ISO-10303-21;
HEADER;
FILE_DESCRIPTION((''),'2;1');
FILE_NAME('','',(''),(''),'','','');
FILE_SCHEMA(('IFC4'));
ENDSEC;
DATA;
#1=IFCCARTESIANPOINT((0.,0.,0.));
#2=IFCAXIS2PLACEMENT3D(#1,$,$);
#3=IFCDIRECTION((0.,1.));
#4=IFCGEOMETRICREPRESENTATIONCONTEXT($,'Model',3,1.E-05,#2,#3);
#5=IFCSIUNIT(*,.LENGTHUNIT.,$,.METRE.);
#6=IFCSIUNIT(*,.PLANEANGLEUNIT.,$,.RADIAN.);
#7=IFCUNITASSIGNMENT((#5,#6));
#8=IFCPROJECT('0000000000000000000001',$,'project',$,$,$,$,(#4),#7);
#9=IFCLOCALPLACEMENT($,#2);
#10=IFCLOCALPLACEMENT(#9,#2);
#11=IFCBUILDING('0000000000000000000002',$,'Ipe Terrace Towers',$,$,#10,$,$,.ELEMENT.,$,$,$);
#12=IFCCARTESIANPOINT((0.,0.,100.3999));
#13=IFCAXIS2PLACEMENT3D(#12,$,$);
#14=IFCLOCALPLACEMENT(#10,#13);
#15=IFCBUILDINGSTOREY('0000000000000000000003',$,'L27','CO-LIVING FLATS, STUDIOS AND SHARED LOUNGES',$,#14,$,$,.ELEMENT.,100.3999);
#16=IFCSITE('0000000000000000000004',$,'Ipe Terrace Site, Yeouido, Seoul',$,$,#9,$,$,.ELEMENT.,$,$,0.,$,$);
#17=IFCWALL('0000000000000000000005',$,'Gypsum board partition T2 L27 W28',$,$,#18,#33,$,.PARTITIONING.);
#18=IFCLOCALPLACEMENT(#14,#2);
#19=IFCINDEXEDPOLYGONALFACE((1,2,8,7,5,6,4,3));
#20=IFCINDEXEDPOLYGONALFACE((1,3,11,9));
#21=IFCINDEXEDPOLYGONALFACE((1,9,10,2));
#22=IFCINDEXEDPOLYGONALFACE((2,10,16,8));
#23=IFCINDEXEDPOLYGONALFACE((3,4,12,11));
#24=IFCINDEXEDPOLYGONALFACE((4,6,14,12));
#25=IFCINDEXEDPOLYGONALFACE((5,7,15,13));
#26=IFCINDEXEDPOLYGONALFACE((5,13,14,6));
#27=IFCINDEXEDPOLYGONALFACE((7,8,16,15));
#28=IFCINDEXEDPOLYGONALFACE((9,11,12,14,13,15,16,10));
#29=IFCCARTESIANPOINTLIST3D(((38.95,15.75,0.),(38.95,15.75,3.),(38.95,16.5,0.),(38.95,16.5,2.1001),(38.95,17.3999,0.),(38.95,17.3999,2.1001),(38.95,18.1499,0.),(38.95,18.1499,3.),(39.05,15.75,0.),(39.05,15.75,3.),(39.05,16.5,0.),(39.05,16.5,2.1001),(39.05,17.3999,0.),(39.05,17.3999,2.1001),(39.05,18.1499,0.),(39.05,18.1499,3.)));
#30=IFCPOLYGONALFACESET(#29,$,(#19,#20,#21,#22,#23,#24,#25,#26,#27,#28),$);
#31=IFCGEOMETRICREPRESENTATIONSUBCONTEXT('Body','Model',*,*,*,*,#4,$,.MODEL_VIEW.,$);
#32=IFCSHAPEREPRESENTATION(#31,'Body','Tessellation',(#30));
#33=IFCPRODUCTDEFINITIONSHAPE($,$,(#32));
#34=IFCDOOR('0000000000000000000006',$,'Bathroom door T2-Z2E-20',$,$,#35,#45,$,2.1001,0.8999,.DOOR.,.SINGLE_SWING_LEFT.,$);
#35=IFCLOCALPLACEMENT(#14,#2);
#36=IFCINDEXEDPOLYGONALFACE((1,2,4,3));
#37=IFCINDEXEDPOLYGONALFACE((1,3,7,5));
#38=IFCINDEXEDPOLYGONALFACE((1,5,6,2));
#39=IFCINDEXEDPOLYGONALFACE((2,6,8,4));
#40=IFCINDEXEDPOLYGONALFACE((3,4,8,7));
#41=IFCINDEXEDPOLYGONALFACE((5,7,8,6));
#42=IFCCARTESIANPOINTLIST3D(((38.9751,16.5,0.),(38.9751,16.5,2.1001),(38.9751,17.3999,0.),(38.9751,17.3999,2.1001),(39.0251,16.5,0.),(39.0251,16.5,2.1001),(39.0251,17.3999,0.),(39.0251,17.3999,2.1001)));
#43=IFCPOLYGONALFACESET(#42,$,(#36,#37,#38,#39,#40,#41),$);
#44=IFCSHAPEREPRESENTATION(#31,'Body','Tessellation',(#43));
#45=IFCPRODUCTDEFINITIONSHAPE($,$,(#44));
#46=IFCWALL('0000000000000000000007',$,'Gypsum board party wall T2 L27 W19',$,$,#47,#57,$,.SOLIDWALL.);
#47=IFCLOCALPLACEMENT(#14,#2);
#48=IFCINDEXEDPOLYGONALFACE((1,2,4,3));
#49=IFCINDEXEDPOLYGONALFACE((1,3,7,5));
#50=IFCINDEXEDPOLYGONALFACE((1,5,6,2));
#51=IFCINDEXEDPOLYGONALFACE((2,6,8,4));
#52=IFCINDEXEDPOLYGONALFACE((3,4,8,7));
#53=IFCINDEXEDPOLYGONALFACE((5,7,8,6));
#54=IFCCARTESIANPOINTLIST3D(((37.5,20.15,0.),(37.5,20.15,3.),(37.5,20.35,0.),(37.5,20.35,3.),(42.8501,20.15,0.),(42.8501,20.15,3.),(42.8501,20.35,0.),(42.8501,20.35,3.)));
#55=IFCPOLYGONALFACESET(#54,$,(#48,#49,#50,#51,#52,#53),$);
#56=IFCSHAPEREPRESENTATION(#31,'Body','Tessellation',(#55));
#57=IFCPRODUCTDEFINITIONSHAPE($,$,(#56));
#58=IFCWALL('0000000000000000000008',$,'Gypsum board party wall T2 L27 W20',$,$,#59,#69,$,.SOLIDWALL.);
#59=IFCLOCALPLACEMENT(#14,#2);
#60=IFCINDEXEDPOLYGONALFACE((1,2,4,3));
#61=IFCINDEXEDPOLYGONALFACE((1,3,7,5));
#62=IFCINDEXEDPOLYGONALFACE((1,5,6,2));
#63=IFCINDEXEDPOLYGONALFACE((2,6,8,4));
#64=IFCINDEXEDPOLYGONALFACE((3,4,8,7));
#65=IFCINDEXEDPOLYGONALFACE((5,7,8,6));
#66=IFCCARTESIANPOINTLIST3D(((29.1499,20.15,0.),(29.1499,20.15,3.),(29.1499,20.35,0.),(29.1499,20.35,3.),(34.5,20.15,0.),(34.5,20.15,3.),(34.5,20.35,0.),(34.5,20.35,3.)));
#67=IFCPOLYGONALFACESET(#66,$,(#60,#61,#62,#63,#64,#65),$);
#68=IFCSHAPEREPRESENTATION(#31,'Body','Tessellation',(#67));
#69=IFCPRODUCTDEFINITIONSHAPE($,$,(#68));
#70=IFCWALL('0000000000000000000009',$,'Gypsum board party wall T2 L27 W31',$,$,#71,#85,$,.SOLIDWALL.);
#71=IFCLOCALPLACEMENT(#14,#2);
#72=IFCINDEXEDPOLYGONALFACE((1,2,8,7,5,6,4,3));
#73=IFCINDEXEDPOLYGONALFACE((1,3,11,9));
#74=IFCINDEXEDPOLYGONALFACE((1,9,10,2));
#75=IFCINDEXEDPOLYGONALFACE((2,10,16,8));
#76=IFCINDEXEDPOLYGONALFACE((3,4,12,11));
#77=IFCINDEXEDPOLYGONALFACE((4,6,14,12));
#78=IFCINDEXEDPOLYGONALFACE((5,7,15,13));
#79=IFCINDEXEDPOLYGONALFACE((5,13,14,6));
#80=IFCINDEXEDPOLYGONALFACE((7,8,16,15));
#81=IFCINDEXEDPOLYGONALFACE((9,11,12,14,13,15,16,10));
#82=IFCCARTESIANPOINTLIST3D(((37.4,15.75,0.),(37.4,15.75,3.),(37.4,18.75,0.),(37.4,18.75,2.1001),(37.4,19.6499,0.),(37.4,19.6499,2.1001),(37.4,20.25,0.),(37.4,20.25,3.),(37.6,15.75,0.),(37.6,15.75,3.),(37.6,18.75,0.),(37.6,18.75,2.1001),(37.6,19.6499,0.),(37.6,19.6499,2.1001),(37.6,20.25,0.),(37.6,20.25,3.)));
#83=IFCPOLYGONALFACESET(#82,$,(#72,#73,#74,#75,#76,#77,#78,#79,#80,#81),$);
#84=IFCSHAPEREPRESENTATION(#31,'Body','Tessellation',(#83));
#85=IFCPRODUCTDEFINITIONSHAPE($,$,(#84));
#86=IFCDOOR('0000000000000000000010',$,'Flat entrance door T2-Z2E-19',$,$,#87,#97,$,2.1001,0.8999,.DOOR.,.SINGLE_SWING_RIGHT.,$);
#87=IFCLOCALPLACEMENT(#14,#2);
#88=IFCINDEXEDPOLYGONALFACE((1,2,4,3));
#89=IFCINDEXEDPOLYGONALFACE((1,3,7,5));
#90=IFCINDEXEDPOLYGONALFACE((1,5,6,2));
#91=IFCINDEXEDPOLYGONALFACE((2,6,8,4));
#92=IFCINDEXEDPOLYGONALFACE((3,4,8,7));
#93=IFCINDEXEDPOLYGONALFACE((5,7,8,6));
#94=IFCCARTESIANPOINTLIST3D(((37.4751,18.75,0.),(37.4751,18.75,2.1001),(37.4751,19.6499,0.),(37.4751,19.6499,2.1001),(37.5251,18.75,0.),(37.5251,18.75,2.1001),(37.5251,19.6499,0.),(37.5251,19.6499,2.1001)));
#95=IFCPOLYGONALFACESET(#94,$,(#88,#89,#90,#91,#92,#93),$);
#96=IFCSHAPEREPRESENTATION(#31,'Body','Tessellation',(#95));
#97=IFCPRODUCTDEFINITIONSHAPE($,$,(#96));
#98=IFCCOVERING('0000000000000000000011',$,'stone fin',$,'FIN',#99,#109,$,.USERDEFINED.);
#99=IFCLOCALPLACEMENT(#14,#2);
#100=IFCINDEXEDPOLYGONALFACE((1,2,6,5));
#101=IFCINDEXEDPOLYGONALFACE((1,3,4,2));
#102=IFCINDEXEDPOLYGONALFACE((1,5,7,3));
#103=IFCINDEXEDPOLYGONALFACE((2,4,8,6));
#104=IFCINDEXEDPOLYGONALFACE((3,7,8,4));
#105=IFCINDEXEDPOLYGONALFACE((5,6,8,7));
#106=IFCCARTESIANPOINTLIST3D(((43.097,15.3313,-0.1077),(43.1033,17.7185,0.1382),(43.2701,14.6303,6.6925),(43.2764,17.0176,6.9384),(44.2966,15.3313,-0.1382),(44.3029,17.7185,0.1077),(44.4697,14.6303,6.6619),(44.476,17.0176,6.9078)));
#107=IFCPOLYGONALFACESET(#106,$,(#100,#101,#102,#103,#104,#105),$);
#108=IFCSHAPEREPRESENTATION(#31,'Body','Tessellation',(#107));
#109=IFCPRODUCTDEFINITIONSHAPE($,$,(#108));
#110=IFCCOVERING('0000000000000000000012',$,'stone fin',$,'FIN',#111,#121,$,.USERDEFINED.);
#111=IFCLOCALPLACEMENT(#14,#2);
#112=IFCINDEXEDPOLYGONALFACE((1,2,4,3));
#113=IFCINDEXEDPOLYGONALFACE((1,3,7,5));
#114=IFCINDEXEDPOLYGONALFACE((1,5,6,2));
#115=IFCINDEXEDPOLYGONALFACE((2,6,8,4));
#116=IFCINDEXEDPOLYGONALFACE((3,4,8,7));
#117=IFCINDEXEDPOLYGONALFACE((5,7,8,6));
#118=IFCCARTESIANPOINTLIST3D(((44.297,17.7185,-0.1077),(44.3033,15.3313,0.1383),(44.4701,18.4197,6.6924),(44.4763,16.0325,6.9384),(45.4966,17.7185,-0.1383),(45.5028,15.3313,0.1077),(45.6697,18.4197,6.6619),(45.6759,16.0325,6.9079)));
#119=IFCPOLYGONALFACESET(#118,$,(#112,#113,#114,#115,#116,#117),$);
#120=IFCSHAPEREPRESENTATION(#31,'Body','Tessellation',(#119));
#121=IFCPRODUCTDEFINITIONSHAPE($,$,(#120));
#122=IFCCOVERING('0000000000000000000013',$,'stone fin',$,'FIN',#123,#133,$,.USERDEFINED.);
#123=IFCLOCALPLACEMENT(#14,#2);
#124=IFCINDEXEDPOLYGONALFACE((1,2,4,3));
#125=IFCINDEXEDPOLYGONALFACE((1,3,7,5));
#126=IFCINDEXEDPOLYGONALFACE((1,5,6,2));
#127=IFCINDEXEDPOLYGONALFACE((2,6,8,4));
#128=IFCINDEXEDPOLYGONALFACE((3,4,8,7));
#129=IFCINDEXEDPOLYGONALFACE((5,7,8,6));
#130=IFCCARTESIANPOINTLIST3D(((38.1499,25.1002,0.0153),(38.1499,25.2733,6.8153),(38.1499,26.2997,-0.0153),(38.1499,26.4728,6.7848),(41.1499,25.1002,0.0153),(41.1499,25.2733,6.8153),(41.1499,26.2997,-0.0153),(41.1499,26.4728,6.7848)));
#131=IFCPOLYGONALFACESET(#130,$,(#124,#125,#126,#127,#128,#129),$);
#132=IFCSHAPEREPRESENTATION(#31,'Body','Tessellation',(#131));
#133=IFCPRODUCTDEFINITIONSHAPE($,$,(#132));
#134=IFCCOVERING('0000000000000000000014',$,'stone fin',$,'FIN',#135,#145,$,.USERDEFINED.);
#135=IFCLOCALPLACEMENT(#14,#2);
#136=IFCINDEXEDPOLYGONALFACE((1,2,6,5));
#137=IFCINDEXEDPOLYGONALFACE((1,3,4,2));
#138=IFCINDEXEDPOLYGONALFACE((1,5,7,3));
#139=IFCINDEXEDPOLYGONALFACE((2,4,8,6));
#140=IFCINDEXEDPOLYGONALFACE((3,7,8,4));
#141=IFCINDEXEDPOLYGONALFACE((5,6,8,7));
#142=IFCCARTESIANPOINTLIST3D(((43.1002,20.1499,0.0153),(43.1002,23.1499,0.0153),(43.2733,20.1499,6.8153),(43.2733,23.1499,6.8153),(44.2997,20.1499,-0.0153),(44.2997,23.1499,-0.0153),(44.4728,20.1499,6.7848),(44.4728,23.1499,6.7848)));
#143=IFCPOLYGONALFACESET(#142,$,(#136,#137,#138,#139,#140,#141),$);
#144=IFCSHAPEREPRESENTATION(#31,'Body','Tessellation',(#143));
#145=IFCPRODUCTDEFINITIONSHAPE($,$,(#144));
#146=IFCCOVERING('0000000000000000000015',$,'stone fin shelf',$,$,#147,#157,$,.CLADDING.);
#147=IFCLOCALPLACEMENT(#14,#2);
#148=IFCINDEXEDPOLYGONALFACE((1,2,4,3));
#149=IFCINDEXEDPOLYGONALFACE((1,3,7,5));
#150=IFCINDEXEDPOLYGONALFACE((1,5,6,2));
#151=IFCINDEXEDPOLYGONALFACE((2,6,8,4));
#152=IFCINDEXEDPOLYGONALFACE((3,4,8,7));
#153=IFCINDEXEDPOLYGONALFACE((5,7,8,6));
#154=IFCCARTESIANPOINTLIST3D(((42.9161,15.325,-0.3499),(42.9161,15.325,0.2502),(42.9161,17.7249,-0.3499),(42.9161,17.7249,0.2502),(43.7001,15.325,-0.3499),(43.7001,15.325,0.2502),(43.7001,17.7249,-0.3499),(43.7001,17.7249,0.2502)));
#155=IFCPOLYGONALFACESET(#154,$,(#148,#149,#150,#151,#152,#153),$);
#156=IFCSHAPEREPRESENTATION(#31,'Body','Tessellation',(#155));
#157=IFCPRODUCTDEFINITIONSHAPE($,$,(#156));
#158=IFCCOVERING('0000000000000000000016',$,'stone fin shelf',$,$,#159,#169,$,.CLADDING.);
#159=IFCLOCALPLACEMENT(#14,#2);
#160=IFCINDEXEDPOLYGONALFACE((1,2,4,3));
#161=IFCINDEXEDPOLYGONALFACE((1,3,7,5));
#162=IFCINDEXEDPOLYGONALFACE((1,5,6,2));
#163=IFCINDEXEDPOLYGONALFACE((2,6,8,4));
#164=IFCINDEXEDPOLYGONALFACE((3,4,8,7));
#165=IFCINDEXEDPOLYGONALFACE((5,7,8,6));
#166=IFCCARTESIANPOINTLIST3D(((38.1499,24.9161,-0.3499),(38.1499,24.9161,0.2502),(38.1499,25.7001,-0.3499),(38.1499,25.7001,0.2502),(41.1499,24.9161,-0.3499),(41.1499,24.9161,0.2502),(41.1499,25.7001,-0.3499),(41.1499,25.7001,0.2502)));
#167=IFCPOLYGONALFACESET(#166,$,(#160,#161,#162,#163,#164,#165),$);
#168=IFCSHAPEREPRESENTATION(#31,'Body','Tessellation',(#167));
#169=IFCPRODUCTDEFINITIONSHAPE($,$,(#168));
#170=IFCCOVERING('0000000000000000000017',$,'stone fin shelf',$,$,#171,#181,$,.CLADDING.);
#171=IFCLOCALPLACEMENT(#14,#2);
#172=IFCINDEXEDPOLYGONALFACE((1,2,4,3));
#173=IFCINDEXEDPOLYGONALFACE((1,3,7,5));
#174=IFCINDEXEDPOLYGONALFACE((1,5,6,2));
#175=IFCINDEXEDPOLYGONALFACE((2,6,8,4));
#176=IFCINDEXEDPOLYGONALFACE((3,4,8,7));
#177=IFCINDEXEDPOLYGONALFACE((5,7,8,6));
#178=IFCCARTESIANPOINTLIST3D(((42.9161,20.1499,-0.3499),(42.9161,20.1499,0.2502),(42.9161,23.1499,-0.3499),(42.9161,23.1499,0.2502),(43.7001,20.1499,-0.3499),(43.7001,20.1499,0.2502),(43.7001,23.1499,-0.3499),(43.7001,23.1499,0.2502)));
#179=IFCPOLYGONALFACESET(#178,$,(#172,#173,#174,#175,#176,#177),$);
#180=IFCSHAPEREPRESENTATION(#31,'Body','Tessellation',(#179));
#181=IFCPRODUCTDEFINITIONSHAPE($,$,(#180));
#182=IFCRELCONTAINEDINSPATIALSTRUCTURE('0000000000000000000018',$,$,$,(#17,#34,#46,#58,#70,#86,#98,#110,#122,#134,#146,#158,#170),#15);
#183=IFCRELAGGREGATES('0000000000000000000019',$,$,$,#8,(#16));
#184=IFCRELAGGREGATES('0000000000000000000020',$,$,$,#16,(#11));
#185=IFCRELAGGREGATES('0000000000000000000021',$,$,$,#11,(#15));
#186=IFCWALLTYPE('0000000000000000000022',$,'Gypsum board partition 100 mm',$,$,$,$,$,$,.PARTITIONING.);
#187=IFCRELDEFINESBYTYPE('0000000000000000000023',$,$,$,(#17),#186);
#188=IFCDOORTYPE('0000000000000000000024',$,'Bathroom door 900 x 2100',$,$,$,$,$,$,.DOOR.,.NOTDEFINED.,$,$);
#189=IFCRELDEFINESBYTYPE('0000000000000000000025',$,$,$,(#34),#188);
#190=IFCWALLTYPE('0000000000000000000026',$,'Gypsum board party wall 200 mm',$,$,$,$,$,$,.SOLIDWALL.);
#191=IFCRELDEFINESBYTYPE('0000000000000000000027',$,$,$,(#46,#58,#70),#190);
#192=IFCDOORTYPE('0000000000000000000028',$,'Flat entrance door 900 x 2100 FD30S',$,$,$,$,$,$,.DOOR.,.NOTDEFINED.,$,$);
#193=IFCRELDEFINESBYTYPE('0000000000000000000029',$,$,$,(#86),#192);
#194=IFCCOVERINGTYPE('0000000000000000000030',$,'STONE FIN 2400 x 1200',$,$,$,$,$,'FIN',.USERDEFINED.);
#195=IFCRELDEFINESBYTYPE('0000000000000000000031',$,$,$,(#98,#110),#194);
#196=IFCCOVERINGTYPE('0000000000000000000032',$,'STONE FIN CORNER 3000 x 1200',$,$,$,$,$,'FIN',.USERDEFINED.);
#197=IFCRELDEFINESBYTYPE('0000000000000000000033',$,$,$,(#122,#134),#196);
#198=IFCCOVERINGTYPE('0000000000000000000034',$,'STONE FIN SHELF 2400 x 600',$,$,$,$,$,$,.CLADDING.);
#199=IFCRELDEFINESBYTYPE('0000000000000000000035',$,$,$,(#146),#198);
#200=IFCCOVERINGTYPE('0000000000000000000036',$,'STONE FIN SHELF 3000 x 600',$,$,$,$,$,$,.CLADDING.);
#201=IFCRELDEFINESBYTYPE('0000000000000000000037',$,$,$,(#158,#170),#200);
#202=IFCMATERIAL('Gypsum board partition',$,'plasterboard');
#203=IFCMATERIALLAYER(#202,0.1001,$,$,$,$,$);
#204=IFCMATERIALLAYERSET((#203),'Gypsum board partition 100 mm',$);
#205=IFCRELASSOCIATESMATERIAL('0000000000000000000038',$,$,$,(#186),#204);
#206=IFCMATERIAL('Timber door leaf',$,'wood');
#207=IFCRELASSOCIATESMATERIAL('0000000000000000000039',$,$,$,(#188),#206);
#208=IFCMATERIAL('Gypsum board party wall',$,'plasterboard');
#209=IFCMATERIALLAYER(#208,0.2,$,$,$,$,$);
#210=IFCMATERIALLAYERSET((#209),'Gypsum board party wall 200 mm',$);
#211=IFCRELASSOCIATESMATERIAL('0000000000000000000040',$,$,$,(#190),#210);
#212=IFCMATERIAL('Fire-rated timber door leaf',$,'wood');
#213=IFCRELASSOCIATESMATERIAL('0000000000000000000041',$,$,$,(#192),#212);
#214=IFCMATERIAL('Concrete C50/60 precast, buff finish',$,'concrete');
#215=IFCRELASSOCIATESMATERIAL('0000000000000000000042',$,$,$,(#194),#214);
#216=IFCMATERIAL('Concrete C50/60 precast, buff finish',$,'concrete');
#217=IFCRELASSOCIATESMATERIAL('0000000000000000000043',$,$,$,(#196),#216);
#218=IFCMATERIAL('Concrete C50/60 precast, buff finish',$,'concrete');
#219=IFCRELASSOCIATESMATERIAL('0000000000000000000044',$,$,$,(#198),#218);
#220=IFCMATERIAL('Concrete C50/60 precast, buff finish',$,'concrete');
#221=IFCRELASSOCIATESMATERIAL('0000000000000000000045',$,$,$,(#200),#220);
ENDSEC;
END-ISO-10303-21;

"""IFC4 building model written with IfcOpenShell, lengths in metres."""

from ifc_helpers import new_model, si_unit, direction, frame, frame_2d, origin, origin_2d, place, context, subcontext, project, spatial, rectangle, extrude, material, layer, layer_set, material_profile, profile_set, type_object, element, fill, save


model = new_model("IFC4")

# Units and contexts
model_context = context("Model", 3, precision=1e-05, world=origin(), true_north=direction((0.0, 1.0)))
body_context = subcontext(model_context, "Body", "Model", "MODEL_VIEW")
ifc_project = project(units=[si_unit("LENGTHUNIT", "METRE"), si_unit("PLANEANGLEUNIT", "RADIAN")], contexts=[model_context])

# Site, building, storey
site_placement = place(None, origin())
site = spatial("IfcSite", under=ifc_project, at=site_placement, Name="Ipe Terrace Site, Yeouido, Seoul", CompositionType="ELEMENT", RefElevation=0.0)
building_placement = place(site_placement, origin())
building = spatial("IfcBuilding", under=site, at=building_placement, Name="Ipe Terrace Towers", CompositionType="ELEMENT")
storey_placement = place(building_placement, frame((0.0, 0.0, 100.3999)))
storey = spatial("IfcBuildingStorey", under=building, at=storey_placement, Name="L27", Description="CO-LIVING FLATS, STUDIOS AND SHARED LOUNGES", CompositionType="ELEMENT", Elevation=100.3999)

# Shared definitions
ifc_material_1 = material(Name="Gypsum board partition", Category="plasterboard")
ifc_layer_1 = layer(ifc_material_1, 0.1001)
ifc_layer_set_1 = layer_set([ifc_layer_1], Name="Gypsum board partition 100 mm")
wall_type_1 = type_object("IfcWallType", Name="Gypsum board partition 100 mm", PredefinedType="PARTITIONING", material=ifc_layer_set_1)

# Wall, opening, door
wall_1_placement = place(storey_placement, frame((39.0, 15.75, 0.0), z_axis=(0.0, 0.0, 1.0), x_axis=(0.0, 1.0, 0.0)))
wall_1 = element("IfcWall", 1, at=wall_1_placement, inside=storey, type_object=wall_type_1, Name="Gypsum board partition T2 L27 W28", PredefinedType="PARTITIONING", context=body_context, shape_type="SweptSolid", body=[
    extrude(rectangle(XDim=2.3999, YDim=0.1001, at=frame_2d((1.2, 0.0))), origin(), (0.0, 0.0, 1.0), 3.0),
])
opening_1_placement = place(wall_1_placement, frame((0.75, 0.0, 0.0)))
opening_1 = element("IfcOpeningElement", 2, at=opening_1_placement, cuts=wall_1, PredefinedType="OPENING", context=body_context, shape_type="SweptSolid", body=[
    extrude(rectangle(XDim=0.8999, YDim=2.1001, at=frame_2d((0.45, 1.05))), frame((0.0, 0.0601, 0.0), z_axis=(0.0, -1.0, 0.0), x_axis=(1.0, 0.0, 0.0)), (0.0, 0.0, 1.0), 0.1201),
])
ifc_material_2 = material(Name="Timber door leaf", Category="wood")
door_type_1 = type_object("IfcDoorType", Name="Bathroom door 900 x 2100", OperationType="NOTDEFINED", PredefinedType="DOOR", material=ifc_material_2)
door_1_placement = place(opening_1_placement, origin())
door_1 = element("IfcDoor", 3, at=door_1_placement, inside=storey, type_object=door_type_1, Name="Bathroom door T2-Z2E-20", OperationType="SINGLE_SWING_LEFT", OverallHeight=2.1001, OverallWidth=0.8999, PredefinedType="DOOR", context=body_context, shape_type="SweptSolid", body=[
    extrude(rectangle(XDim=0.8999, YDim=2.1001, at=frame_2d((0.45, 1.05))), frame((0.0, 0.0249, 0.0), z_axis=(0.0, -1.0, 0.0), x_axis=(1.0, 0.0, 0.0)), (0.0, 0.0, 1.0), 0.05),
])
fill(opening_1, door_1)

# Walls
ifc_material_3 = material(Name="Gypsum board party wall", Category="plasterboard")
ifc_layer_2 = layer(ifc_material_3, 0.2)
ifc_layer_set_2 = layer_set([ifc_layer_2], Name="Gypsum board party wall 200 mm")
wall_type_2 = type_object("IfcWallType", Name="Gypsum board party wall 200 mm", PredefinedType="SOLIDWALL", material=ifc_layer_set_2)
for number, where, z_axis, x_axis, name in (
    (4, (42.8501, 20.25, 0.0), (0.0, 0.0, 1.0), (-1.0, 0.0, 0.0), "Gypsum board party wall T2 L27 W19"),
    (5, (34.5, 20.25, 0.0), (0.0, 0.0, 1.0), (-1.0, 0.0, 0.0), "Gypsum board party wall T2 L27 W20"),
):
    element("IfcWall", number, at=place(storey_placement, frame(where, z_axis=z_axis, x_axis=x_axis)), inside=storey, type_object=wall_type_2, Name=name, PredefinedType="SOLIDWALL", context=body_context, shape_type="SweptSolid", body=[
        extrude(rectangle(XDim=5.3501, YDim=0.2, at=frame_2d((2.675, 0.0))), origin(), (0.0, 0.0, 1.0), 3.0),
    ])

# Wall, opening, door
wall_2_placement = place(storey_placement, frame((37.5, 15.75, 0.0), z_axis=(0.0, 0.0, 1.0), x_axis=(0.0, 1.0, 0.0)))
wall_2 = element("IfcWall", 6, at=wall_2_placement, inside=storey, type_object=wall_type_2, Name="Gypsum board party wall T2 L27 W31", PredefinedType="SOLIDWALL", context=body_context, shape_type="SweptSolid", body=[
    extrude(rectangle(XDim=4.5, YDim=0.2, at=frame_2d((2.25, 0.0))), origin(), (0.0, 0.0, 1.0), 3.0),
])
opening_2_placement = place(wall_2_placement, frame((3.0, 0.0, 0.0)))
opening_2 = element("IfcOpeningElement", 7, at=opening_2_placement, cuts=wall_2, PredefinedType="OPENING", context=body_context, shape_type="SweptSolid", body=[
    extrude(rectangle(XDim=0.8999, YDim=2.1001, at=frame_2d((0.45, 1.05))), frame((0.0, 0.1099, 0.0), z_axis=(0.0, -1.0, 0.0), x_axis=(1.0, 0.0, 0.0)), (0.0, 0.0, 1.0), 0.22),
])
ifc_material_4 = material(Name="Fire-rated timber door leaf", Category="wood")
door_type_2 = type_object("IfcDoorType", Name="Flat entrance door 900 x 2100 FD30S", OperationType="NOTDEFINED", PredefinedType="DOOR", material=ifc_material_4)
door_2_placement = place(opening_2_placement, origin())
door_2 = element("IfcDoor", 8, at=door_2_placement, inside=storey, type_object=door_type_2, Name="Flat entrance door T2-Z2E-19", OperationType="SINGLE_SWING_RIGHT", OverallHeight=2.1001, OverallWidth=0.8999, PredefinedType="DOOR", context=body_context, shape_type="SweptSolid", body=[
    extrude(rectangle(XDim=0.8999, YDim=2.1001, at=frame_2d((0.45, 1.05))), frame((0.0, 0.0249, 0.0), z_axis=(0.0, -1.0, 0.0), x_axis=(1.0, 0.0, 0.0)), (0.0, 0.0, 1.0), 0.05),
])
fill(opening_2, door_2)

# Coverings
ifc_material_5 = material(Name="Concrete C50/60 precast, buff finish", Category="concrete")
ifc_material_profile_1 = material_profile(ifc_material_5, rectangle(XDim=2.3999, YDim=1.2, at=origin_2d()), Name="STONE FIN 2400 x 1200")
ifc_profile_set_1 = profile_set([ifc_material_profile_1], Name="Concrete C50/60 precast, buff finish")
covering_type_1 = type_object("IfcCoveringType", Name="STONE FIN 2400 x 1200", ElementType="FIN", PredefinedType="USERDEFINED", material=ifc_profile_set_1)
for number, where, z_axis, x_axis, name in (
    (9, (43.7, 16.5249, 0.0), (0.025313, -0.102501, 0.994411), (0.002608, 0.994733, 0.102468), "stone fin"),
    (10, (44.8999, 16.5249, 0.0), (0.025313, 0.102536, 0.994407), (-0.002609, 0.994729, -0.102503), "stone fin"),
):
    element("IfcCovering", number, at=place(storey_placement, frame(where, z_axis=z_axis, x_axis=x_axis)), inside=storey, type_object=covering_type_1, Name=name, ObjectType="FIN", PredefinedType="USERDEFINED", context=body_context, shape_type="SweptSolid", body=[
        extrude(rectangle(XDim=2.3999, YDim=1.2, at=origin_2d()), origin(), (0.0, 0.0, 1.0), 6.8384),
    ])
ifc_material_6 = material(Name="Concrete C50/60 precast, buff finish", Category="concrete")
ifc_material_profile_2 = material_profile(ifc_material_6, rectangle(XDim=3.0, YDim=1.2, at=origin_2d()), Name="STONE FIN CORNER 3000 x 1200")
ifc_profile_set_2 = profile_set([ifc_material_profile_2], Name="Concrete C50/60 precast, buff finish")
covering_type_2 = type_object("IfcCoveringType", Name="STONE FIN CORNER 3000 x 1200", ElementType="FIN", PredefinedType="USERDEFINED", material=ifc_profile_set_2)
for number, where, z_axis, x_axis, name in (
    (11, (39.6499, 25.7, 0.0), (0.0, 0.025447, 0.999676), (-1.0, 0.0, 0.0), "stone fin"),
    (12, (43.7, 21.6499, 0.0), (0.025447, 0.0, 0.999676), (0.0, 1.0, 0.0), "stone fin"),
):
    element("IfcCovering", number, at=place(storey_placement, frame(where, z_axis=z_axis, x_axis=x_axis)), inside=storey, type_object=covering_type_2, Name=name, ObjectType="FIN", PredefinedType="USERDEFINED", context=body_context, shape_type="SweptSolid", body=[
        extrude(rectangle(XDim=3.0, YDim=1.2, at=origin_2d()), origin(), (0.0, 0.0, 1.0), 6.8022),
    ])
ifc_material_7 = material(Name="Concrete C50/60 precast, buff finish", Category="concrete")
covering_type_3 = type_object("IfcCoveringType", Name="STONE FIN SHELF 2400 x 600", PredefinedType="CLADDING", material=ifc_material_7)
covering_placement = place(storey_placement, frame((43.3081, 16.5249, -0.3499), z_axis=(0.0, 0.0, 1.0), x_axis=(0.0, 1.0, 0.0)))
element("IfcCovering", 13, at=covering_placement, inside=storey, type_object=covering_type_3, Name="stone fin shelf", PredefinedType="CLADDING", context=body_context, shape_type="SweptSolid", body=[
    extrude(rectangle(XDim=2.3999, YDim=0.7839, at=origin_2d()), origin(), (0.0, 0.0, 1.0), 0.6001),
])
ifc_material_8 = material(Name="Concrete C50/60 precast, buff finish", Category="concrete")
covering_type_4 = type_object("IfcCoveringType", Name="STONE FIN SHELF 3000 x 600", PredefinedType="CLADDING", material=ifc_material_8)
for number, where, z_axis, x_axis, name in (
    (14, (39.6499, 25.3081, -0.3499), (0.0, 0.0, 1.0), (-1.0, 0.0, 0.0), "stone fin shelf"),
    (15, (43.3081, 21.6499, -0.3499), (0.0, 0.0, 1.0), (0.0, 1.0, 0.0), "stone fin shelf"),
):
    element("IfcCovering", number, at=place(storey_placement, frame(where, z_axis=z_axis, x_axis=x_axis)), inside=storey, type_object=covering_type_4, Name=name, PredefinedType="CLADDING", context=body_context, shape_type="SweptSolid", body=[
        extrude(rectangle(XDim=3.0, YDim=0.7839, at=origin_2d()), origin(), (0.0, 0.0, 1.0), 0.6001),
    ])

save(model, "model.ifc")
